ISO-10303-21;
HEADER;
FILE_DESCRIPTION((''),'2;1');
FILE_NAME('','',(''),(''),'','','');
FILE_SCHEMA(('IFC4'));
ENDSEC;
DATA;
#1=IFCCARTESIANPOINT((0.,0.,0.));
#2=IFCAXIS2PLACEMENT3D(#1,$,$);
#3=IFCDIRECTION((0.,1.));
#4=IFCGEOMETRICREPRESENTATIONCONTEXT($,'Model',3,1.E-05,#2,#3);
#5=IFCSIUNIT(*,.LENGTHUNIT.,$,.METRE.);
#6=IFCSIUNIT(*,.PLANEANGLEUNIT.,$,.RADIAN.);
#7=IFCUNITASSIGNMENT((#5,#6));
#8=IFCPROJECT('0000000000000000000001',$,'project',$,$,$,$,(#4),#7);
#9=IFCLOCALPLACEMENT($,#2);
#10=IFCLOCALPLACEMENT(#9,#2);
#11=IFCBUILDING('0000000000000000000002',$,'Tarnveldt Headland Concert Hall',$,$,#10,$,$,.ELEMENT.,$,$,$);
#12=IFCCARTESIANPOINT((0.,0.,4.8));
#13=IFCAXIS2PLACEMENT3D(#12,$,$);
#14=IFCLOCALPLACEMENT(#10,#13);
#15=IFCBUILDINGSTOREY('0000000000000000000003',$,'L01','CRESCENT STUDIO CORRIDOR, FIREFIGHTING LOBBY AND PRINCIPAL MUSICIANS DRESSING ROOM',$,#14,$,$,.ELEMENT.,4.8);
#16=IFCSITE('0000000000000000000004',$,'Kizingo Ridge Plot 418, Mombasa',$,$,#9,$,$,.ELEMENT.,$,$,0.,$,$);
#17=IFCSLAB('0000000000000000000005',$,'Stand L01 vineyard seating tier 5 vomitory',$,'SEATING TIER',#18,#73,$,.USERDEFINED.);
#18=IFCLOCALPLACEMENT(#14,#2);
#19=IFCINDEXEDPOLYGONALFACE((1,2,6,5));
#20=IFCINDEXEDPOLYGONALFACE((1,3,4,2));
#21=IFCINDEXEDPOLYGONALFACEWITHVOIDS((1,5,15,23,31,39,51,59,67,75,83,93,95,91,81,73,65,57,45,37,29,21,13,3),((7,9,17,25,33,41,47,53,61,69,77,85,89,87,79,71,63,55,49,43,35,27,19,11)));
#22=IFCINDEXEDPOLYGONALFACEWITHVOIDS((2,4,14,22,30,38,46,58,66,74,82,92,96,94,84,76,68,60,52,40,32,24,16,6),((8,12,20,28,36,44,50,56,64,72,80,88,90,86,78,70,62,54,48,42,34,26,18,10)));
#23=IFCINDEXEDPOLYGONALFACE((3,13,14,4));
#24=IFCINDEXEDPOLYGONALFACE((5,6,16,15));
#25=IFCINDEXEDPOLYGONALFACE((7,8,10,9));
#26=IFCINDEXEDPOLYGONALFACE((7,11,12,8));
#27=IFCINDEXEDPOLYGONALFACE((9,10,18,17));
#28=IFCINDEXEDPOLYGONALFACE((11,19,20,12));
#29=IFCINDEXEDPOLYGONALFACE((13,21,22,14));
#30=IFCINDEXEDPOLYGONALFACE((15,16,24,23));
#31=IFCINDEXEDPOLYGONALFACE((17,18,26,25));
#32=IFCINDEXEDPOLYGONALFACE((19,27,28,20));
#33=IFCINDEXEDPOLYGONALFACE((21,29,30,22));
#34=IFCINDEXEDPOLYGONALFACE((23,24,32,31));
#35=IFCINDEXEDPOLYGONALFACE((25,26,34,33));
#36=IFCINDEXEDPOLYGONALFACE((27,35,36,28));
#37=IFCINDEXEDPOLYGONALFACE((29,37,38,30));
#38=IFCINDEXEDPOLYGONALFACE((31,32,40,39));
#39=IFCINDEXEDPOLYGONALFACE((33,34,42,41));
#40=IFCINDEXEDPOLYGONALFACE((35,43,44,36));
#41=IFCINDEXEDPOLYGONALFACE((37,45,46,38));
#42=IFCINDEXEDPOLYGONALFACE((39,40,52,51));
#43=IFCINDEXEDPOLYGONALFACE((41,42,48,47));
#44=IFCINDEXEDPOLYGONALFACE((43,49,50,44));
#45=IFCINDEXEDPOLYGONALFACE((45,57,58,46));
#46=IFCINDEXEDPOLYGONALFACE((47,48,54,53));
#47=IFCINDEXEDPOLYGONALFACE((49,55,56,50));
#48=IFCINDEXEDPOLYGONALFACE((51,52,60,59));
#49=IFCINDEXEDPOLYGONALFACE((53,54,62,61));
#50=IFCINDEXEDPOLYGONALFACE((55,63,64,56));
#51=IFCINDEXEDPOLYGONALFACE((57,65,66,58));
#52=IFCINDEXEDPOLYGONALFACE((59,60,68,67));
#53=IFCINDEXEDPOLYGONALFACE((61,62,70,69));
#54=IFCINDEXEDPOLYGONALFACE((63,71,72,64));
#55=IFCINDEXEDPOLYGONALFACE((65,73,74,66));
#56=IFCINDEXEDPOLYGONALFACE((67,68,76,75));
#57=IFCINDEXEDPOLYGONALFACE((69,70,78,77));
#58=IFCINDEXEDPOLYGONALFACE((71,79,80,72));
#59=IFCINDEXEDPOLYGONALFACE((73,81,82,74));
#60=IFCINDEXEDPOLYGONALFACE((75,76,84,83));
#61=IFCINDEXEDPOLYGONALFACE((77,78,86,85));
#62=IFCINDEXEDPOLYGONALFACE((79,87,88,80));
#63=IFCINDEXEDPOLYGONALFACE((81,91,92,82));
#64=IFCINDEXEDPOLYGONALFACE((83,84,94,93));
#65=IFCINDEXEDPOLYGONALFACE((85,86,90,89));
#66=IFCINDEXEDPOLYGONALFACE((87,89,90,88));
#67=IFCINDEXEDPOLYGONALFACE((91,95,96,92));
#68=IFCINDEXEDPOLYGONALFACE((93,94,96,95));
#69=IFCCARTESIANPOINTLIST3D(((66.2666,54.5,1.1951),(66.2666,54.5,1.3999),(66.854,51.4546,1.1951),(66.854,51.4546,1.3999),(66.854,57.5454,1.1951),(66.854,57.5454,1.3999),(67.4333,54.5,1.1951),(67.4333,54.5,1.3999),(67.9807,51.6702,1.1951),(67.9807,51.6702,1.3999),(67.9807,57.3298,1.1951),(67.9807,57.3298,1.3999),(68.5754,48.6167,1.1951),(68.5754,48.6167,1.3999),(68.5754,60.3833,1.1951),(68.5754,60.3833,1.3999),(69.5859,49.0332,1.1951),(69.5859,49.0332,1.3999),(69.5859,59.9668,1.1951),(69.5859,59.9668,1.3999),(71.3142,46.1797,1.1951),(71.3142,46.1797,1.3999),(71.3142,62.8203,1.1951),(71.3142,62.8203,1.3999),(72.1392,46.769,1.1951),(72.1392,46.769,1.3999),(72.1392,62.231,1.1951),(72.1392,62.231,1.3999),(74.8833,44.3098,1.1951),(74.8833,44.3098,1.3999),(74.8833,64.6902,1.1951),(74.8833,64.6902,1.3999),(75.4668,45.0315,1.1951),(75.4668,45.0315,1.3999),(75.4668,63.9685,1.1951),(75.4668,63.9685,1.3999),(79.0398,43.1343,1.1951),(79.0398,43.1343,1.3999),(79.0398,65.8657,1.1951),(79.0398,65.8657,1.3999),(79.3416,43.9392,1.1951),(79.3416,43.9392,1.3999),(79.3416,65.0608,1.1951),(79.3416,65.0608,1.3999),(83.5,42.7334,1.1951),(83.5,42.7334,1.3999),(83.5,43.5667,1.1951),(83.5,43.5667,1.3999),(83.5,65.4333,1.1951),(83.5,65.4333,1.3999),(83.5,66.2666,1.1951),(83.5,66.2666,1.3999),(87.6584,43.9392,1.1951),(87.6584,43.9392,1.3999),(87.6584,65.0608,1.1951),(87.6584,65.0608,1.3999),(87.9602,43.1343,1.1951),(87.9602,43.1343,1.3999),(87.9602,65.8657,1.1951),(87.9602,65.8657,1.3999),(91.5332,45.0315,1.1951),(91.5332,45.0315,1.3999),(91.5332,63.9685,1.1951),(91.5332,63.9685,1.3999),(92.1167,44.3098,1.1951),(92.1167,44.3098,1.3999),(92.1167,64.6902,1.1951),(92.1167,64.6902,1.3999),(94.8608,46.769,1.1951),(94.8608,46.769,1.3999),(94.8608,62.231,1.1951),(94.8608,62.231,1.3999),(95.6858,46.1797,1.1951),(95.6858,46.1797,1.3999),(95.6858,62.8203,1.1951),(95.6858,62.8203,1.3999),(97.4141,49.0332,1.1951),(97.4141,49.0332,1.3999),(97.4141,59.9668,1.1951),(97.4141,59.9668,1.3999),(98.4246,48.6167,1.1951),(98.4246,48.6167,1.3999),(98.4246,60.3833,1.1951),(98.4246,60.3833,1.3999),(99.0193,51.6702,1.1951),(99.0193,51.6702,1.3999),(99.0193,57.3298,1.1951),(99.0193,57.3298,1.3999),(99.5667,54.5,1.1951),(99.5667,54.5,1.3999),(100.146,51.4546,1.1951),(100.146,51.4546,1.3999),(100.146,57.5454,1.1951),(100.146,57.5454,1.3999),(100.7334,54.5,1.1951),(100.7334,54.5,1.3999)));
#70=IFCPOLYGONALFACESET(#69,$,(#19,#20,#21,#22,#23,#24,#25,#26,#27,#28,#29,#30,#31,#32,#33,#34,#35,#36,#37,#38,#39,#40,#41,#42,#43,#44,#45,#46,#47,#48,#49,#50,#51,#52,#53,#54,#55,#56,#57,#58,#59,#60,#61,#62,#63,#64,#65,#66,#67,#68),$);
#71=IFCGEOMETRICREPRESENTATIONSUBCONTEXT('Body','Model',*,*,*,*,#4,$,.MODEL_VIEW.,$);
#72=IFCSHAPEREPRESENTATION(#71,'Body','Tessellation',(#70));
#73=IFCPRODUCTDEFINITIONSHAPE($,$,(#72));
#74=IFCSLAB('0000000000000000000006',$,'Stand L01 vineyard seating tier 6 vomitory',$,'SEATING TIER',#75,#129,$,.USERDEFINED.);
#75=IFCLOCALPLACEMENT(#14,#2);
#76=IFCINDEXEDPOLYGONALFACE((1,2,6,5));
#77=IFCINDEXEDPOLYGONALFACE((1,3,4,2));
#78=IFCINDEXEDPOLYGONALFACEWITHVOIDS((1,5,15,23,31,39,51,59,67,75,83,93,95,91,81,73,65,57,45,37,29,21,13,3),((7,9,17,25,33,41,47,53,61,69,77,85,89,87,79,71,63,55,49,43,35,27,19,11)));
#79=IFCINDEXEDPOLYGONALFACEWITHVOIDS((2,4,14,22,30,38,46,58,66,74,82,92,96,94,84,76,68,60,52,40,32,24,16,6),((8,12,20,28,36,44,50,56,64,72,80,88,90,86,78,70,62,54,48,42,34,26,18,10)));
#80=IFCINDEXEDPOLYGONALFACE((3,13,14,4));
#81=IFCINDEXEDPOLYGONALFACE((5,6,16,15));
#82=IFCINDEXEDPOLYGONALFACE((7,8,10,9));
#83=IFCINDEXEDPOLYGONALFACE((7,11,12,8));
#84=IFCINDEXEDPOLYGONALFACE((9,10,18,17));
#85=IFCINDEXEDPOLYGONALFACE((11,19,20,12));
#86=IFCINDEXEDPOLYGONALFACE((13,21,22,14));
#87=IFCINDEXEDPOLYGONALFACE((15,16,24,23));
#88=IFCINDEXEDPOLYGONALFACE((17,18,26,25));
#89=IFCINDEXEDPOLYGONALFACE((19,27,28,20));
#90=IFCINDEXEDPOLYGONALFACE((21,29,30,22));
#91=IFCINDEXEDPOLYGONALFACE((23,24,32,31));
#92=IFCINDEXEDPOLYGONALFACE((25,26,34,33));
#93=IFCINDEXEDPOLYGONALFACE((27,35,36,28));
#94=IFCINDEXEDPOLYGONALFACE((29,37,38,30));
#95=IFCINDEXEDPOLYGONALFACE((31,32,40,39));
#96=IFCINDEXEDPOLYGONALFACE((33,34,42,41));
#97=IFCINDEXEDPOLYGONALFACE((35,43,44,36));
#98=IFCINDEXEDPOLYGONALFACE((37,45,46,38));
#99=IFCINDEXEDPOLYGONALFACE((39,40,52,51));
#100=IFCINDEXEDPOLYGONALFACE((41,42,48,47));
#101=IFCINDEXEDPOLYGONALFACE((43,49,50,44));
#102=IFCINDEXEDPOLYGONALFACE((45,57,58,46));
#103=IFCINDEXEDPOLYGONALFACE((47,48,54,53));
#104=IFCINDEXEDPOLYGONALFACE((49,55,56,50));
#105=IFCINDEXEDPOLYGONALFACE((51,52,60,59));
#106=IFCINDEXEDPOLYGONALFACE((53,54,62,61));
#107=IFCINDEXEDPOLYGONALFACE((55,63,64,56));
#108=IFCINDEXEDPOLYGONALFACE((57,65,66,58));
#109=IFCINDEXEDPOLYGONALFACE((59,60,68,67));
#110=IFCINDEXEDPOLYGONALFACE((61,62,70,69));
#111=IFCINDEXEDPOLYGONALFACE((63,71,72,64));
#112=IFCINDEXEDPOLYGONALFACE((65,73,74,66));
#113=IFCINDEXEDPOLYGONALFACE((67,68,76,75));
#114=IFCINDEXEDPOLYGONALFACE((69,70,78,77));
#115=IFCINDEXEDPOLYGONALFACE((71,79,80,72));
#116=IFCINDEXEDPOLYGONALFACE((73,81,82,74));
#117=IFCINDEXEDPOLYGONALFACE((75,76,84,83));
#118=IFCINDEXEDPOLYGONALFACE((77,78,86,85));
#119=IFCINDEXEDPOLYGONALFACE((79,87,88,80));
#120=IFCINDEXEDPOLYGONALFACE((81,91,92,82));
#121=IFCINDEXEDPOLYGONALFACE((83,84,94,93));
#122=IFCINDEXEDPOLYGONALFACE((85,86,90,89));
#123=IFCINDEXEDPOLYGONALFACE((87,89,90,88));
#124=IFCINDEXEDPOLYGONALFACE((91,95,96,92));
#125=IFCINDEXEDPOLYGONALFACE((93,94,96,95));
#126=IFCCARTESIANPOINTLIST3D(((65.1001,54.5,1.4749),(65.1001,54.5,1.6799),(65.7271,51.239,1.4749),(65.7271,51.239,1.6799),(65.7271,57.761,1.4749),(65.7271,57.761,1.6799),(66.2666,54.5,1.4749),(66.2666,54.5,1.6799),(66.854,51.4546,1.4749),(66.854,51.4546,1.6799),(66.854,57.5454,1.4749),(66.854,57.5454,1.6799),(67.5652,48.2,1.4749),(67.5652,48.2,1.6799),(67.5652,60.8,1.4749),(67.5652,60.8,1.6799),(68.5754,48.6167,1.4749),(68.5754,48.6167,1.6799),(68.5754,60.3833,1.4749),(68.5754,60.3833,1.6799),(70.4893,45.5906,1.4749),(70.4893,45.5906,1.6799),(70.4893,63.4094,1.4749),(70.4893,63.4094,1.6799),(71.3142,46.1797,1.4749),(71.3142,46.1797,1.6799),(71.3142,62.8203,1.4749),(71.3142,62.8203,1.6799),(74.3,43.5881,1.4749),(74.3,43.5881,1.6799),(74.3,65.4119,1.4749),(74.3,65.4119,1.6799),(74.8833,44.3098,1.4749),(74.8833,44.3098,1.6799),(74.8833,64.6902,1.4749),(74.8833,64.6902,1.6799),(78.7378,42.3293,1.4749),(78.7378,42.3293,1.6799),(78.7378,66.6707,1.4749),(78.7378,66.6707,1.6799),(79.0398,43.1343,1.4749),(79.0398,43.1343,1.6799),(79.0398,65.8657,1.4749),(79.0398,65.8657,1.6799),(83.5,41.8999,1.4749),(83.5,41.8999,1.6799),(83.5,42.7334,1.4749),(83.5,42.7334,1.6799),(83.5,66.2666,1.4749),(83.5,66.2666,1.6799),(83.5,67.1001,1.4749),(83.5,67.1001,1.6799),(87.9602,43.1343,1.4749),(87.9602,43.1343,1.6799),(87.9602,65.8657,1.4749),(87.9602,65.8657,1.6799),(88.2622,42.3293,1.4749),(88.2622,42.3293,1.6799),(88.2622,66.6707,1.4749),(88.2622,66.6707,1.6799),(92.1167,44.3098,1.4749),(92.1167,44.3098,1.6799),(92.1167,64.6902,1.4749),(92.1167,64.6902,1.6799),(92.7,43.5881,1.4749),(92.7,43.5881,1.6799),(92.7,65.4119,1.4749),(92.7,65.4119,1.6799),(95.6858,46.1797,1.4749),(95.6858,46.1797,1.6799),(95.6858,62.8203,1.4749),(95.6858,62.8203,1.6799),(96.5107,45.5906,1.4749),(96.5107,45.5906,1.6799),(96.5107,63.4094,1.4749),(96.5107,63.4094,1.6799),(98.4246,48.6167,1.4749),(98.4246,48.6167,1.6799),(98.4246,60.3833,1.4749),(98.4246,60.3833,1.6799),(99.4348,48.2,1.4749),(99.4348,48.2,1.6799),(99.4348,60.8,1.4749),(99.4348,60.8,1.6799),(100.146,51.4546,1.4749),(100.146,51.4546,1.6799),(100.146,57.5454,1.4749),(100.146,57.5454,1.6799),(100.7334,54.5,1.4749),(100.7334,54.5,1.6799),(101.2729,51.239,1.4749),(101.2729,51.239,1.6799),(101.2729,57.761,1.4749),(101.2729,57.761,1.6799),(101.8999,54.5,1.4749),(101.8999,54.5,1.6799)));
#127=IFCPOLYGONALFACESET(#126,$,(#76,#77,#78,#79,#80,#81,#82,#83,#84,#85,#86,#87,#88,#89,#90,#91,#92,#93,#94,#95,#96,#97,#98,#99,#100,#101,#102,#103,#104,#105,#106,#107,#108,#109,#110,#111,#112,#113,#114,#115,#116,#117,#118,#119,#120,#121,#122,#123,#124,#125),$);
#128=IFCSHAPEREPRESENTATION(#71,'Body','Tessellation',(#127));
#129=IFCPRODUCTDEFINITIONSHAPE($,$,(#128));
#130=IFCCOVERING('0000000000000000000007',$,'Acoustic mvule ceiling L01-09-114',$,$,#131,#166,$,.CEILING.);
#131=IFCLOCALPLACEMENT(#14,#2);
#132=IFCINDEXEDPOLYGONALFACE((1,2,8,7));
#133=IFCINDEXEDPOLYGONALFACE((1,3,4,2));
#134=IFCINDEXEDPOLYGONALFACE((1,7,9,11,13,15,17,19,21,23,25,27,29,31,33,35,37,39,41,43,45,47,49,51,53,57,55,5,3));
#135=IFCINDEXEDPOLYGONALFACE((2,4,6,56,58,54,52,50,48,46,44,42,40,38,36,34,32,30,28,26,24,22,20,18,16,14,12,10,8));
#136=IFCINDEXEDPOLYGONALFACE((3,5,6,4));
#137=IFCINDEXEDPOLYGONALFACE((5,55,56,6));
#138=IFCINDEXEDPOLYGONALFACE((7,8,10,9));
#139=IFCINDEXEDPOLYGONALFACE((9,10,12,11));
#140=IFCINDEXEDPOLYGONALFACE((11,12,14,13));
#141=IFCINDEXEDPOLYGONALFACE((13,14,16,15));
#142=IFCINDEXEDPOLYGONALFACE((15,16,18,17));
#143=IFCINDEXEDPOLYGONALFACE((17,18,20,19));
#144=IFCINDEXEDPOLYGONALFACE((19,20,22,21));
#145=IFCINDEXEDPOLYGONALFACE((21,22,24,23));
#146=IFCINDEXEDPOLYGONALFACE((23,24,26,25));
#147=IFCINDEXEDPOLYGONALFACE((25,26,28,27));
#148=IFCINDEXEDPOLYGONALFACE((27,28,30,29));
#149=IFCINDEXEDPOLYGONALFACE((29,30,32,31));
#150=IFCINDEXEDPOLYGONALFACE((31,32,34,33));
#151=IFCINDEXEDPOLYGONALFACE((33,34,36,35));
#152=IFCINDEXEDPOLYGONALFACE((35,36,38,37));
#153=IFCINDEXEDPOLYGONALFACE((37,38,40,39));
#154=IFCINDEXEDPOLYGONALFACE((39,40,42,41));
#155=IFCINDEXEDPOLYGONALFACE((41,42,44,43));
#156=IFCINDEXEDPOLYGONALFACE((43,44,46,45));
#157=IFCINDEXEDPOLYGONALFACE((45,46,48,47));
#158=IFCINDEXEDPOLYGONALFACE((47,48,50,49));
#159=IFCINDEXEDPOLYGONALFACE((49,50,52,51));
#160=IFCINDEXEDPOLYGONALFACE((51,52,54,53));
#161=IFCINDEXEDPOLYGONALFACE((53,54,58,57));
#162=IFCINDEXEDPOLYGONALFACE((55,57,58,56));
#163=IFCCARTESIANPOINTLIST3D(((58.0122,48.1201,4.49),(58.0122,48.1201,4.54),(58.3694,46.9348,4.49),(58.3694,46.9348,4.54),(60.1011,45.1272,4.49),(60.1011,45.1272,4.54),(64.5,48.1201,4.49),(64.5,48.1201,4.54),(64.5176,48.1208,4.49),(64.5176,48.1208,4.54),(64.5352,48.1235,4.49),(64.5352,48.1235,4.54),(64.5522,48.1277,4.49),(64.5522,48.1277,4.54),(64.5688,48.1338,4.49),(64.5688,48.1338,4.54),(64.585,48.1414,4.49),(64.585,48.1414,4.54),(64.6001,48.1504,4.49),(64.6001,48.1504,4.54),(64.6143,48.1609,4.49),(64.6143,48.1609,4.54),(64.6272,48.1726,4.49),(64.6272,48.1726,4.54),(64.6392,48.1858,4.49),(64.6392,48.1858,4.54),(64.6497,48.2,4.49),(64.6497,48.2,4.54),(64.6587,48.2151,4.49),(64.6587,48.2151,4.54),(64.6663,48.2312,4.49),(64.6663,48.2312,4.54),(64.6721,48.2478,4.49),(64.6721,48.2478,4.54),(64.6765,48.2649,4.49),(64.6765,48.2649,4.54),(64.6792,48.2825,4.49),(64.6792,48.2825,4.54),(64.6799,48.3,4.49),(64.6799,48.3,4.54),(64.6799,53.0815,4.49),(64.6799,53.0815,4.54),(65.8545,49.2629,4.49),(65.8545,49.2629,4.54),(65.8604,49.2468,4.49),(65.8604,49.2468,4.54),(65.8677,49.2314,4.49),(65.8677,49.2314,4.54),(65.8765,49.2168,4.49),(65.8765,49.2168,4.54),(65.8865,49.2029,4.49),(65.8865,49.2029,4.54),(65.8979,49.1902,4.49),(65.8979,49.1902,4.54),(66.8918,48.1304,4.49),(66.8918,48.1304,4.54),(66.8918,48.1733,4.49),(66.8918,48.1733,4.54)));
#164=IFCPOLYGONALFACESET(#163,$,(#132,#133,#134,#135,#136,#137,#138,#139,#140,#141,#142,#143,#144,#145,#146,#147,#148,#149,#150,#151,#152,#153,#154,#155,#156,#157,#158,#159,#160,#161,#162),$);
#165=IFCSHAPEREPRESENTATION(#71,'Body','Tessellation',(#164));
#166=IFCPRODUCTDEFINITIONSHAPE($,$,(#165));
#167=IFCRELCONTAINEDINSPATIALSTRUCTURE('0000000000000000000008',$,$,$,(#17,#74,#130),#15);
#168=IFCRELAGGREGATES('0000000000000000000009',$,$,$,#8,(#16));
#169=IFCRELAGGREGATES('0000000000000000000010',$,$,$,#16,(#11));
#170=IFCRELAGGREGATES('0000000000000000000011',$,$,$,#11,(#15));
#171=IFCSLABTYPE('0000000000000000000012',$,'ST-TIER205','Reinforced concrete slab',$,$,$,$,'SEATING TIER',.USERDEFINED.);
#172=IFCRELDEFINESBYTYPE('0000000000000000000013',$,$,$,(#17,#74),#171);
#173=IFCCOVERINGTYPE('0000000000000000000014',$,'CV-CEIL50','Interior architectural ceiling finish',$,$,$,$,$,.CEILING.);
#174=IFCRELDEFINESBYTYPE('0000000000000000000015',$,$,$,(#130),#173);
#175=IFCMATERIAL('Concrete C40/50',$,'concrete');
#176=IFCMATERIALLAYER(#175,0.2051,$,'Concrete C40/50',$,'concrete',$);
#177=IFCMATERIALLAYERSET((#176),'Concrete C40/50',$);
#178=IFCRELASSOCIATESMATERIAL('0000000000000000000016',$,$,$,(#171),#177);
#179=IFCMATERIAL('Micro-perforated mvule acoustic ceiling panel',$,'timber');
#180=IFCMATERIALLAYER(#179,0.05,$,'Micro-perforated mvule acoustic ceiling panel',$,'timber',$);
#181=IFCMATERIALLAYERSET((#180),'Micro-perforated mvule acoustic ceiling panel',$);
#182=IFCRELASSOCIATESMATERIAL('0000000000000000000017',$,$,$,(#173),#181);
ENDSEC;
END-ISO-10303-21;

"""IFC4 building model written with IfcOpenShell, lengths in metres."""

from ifc_helpers import new_model, si_unit, direction, frame, origin, place, context, subcontext, project, spatial, polyline, outline, extrude, material, layer, layer_set, type_object, element, save


model = new_model("IFC4")

# Units and contexts
model_context = context("Model", 3, precision=1e-05, world=origin(), true_north=direction((0.0, 1.0)))
body_context = subcontext(model_context, "Body", "Model", "MODEL_VIEW")
ifc_project = project(units=[si_unit("LENGTHUNIT", "METRE"), si_unit("PLANEANGLEUNIT", "RADIAN")], contexts=[model_context])

# Site, building, storey
site_placement = place(None, origin())
site = spatial("IfcSite", under=ifc_project, at=site_placement, Name="Kizingo Ridge Plot 418, Mombasa", CompositionType="ELEMENT", RefElevation=0.0)
building_placement = place(site_placement, origin())
building = spatial("IfcBuilding", under=site, at=building_placement, Name="Tarnveldt Headland Concert Hall", CompositionType="ELEMENT")
storey_placement = place(building_placement, frame((0.0, 0.0, 4.8)))
storey = spatial("IfcBuildingStorey", under=building, at=storey_placement, Name="L01", Description="CRESCENT STUDIO CORRIDOR, FIREFIGHTING LOBBY AND PRINCIPAL MUSICIANS DRESSING ROOM", CompositionType="ELEMENT", Elevation=4.8)

# Shared definitions
ifc_material_1 = material(Name="Concrete C40/50", Category="concrete")

# Slabs
ifc_layer_1 = layer(ifc_material_1, 0.2051, Name="Concrete C40/50", Category="concrete")
ifc_layer_set_1 = layer_set([ifc_layer_1], Name="Concrete C40/50")
slab_type_1 = type_object("IfcSlabType", Name="ST-TIER205", Description="Reinforced concrete slab", ElementType="SEATING TIER", PredefinedType="USERDEFINED", material=ifc_layer_set_1)
slab_1_placement = place(storey_placement, frame((0.0, 0.0, 1.1951)))
element("IfcSlab", 1, at=slab_1_placement, inside=storey, type_object=slab_type_1, Name="Stand L01 vineyard seating tier 5 vomitory", ObjectType="SEATING TIER", PredefinedType="USERDEFINED", context=body_context, shape_type="SweptSolid", body=[
    extrude(outline(polyline([(100.7334, 54.5), (100.146, 57.5454), (98.4246, 60.3833), (95.6858, 62.8203), (92.1167, 64.6902), (87.9602, 65.8657), (83.5, 66.2666), (79.0398, 65.8657), (74.8833, 64.6902), (71.3142, 62.8203), (68.5754, 60.3833), (66.854, 57.5454), (66.2666, 54.5), (66.854, 51.4546), (68.5754, 48.6167), (71.3142, 46.1797), (74.8833, 44.3098), (79.0398, 43.1343), (83.5, 42.7334), (87.9602, 43.1343), (92.1167, 44.3098), (95.6858, 46.1797), (98.4246, 48.6167), (100.146, 51.4546), (100.7334, 54.5)]), holes=[polyline([(99.0193, 51.6702), (97.4141, 49.0332), (94.8608, 46.769), (91.5332, 45.0315), (87.6584, 43.9392), (83.5, 43.5667), (79.3416, 43.9392), (75.4668, 45.0315), (72.1392, 46.769), (69.5859, 49.0332), (67.9807, 51.6702), (67.4333, 54.5), (67.9807, 57.3298), (69.5859, 59.9668), (72.1392, 62.231), (75.4668, 63.9685), (79.3416, 65.0608), (83.5, 65.4333), (87.6584, 65.0608), (91.5332, 63.9685), (94.8608, 62.231), (97.4141, 59.9668), (99.0193, 57.3298), (99.5667, 54.5), (99.0193, 51.6702)])]), origin(), (0.0, 0.0, 1.0), 0.2048),
])
slab_2_placement = place(storey_placement, frame((0.0, 0.0, 1.4749)))
element("IfcSlab", 2, at=slab_2_placement, inside=storey, type_object=slab_type_1, Name="Stand L01 vineyard seating tier 6 vomitory", ObjectType="SEATING TIER", PredefinedType="USERDEFINED", context=body_context, shape_type="SweptSolid", body=[
    extrude(outline(polyline([(101.8999, 54.5), (101.2729, 57.761), (99.4348, 60.8), (96.5107, 63.4094), (92.7, 65.4119), (88.2622, 66.6707), (83.5, 67.1001), (78.7378, 66.6707), (74.3, 65.4119), (70.4893, 63.4094), (67.5652, 60.8), (65.7271, 57.761), (65.1001, 54.5), (65.7271, 51.239), (67.5652, 48.2), (70.4893, 45.5906), (74.3, 43.5881), (78.7378, 42.3293), (83.5, 41.8999), (88.2622, 42.3293), (92.7, 43.5881), (96.5107, 45.5906), (99.4348, 48.2), (101.2729, 51.239), (101.8999, 54.5)]), holes=[polyline([(100.146, 51.4546), (98.4246, 48.6167), (95.6858, 46.1797), (92.1167, 44.3098), (87.9602, 43.1343), (83.5, 42.7334), (79.0398, 43.1343), (74.8833, 44.3098), (71.3142, 46.1797), (68.5754, 48.6167), (66.854, 51.4546), (66.2666, 54.5), (66.854, 57.5454), (68.5754, 60.3833), (71.3142, 62.8203), (74.8833, 64.6902), (79.0398, 65.8657), (83.5, 66.2666), (87.9602, 65.8657), (92.1167, 64.6902), (95.6858, 62.8203), (98.4246, 60.3833), (100.146, 57.5454), (100.7334, 54.5), (100.146, 51.4546)])]), origin(), (0.0, 0.0, 1.0), 0.2051),
])

# Covering
ifc_material_2 = material(Name="Micro-perforated mvule acoustic ceiling panel", Category="timber")
ifc_layer_2 = layer(ifc_material_2, 0.05, Name="Micro-perforated mvule acoustic ceiling panel", Category="timber")
ifc_layer_set_2 = layer_set([ifc_layer_2], Name="Micro-perforated mvule acoustic ceiling panel")
covering_type_1 = type_object("IfcCoveringType", Name="CV-CEIL50", Description="Interior architectural ceiling finish", PredefinedType="CEILING", material=ifc_layer_set_2)
covering_1_placement = place(storey_placement, frame((0.0, 0.0, 4.49)))
element("IfcCovering", 3, at=covering_1_placement, inside=storey, type_object=covering_type_1, Name="Acoustic mvule ceiling L01-09-114", PredefinedType="CEILING", context=body_context, shape_type="SweptSolid", body=[
    extrude(outline(polyline([(58.0122, 48.1201), (64.5, 48.1201), (64.5176, 48.1208), (64.5352, 48.1235), (64.5522, 48.1277), (64.5688, 48.1338), (64.585, 48.1414), (64.6001, 48.1504), (64.6143, 48.1609), (64.6272, 48.1726), (64.6392, 48.1858), (64.6497, 48.2), (64.6587, 48.2151), (64.6663, 48.2312), (64.6721, 48.2478), (64.6765, 48.2649), (64.6792, 48.2825), (64.6799, 48.3), (64.6799, 53.0815), (65.8545, 49.2629), (65.8604, 49.2468), (65.8677, 49.2314), (65.8765, 49.2168), (65.8865, 49.2029), (65.8979, 49.1902), (66.8918, 48.1733), (66.8918, 48.1304), (60.1011, 45.1272), (58.3694, 46.9348), (58.0122, 48.1201)])), origin(), (0.0, 0.0, 1.0), 0.05),
])

save(model, "model.ifc")
